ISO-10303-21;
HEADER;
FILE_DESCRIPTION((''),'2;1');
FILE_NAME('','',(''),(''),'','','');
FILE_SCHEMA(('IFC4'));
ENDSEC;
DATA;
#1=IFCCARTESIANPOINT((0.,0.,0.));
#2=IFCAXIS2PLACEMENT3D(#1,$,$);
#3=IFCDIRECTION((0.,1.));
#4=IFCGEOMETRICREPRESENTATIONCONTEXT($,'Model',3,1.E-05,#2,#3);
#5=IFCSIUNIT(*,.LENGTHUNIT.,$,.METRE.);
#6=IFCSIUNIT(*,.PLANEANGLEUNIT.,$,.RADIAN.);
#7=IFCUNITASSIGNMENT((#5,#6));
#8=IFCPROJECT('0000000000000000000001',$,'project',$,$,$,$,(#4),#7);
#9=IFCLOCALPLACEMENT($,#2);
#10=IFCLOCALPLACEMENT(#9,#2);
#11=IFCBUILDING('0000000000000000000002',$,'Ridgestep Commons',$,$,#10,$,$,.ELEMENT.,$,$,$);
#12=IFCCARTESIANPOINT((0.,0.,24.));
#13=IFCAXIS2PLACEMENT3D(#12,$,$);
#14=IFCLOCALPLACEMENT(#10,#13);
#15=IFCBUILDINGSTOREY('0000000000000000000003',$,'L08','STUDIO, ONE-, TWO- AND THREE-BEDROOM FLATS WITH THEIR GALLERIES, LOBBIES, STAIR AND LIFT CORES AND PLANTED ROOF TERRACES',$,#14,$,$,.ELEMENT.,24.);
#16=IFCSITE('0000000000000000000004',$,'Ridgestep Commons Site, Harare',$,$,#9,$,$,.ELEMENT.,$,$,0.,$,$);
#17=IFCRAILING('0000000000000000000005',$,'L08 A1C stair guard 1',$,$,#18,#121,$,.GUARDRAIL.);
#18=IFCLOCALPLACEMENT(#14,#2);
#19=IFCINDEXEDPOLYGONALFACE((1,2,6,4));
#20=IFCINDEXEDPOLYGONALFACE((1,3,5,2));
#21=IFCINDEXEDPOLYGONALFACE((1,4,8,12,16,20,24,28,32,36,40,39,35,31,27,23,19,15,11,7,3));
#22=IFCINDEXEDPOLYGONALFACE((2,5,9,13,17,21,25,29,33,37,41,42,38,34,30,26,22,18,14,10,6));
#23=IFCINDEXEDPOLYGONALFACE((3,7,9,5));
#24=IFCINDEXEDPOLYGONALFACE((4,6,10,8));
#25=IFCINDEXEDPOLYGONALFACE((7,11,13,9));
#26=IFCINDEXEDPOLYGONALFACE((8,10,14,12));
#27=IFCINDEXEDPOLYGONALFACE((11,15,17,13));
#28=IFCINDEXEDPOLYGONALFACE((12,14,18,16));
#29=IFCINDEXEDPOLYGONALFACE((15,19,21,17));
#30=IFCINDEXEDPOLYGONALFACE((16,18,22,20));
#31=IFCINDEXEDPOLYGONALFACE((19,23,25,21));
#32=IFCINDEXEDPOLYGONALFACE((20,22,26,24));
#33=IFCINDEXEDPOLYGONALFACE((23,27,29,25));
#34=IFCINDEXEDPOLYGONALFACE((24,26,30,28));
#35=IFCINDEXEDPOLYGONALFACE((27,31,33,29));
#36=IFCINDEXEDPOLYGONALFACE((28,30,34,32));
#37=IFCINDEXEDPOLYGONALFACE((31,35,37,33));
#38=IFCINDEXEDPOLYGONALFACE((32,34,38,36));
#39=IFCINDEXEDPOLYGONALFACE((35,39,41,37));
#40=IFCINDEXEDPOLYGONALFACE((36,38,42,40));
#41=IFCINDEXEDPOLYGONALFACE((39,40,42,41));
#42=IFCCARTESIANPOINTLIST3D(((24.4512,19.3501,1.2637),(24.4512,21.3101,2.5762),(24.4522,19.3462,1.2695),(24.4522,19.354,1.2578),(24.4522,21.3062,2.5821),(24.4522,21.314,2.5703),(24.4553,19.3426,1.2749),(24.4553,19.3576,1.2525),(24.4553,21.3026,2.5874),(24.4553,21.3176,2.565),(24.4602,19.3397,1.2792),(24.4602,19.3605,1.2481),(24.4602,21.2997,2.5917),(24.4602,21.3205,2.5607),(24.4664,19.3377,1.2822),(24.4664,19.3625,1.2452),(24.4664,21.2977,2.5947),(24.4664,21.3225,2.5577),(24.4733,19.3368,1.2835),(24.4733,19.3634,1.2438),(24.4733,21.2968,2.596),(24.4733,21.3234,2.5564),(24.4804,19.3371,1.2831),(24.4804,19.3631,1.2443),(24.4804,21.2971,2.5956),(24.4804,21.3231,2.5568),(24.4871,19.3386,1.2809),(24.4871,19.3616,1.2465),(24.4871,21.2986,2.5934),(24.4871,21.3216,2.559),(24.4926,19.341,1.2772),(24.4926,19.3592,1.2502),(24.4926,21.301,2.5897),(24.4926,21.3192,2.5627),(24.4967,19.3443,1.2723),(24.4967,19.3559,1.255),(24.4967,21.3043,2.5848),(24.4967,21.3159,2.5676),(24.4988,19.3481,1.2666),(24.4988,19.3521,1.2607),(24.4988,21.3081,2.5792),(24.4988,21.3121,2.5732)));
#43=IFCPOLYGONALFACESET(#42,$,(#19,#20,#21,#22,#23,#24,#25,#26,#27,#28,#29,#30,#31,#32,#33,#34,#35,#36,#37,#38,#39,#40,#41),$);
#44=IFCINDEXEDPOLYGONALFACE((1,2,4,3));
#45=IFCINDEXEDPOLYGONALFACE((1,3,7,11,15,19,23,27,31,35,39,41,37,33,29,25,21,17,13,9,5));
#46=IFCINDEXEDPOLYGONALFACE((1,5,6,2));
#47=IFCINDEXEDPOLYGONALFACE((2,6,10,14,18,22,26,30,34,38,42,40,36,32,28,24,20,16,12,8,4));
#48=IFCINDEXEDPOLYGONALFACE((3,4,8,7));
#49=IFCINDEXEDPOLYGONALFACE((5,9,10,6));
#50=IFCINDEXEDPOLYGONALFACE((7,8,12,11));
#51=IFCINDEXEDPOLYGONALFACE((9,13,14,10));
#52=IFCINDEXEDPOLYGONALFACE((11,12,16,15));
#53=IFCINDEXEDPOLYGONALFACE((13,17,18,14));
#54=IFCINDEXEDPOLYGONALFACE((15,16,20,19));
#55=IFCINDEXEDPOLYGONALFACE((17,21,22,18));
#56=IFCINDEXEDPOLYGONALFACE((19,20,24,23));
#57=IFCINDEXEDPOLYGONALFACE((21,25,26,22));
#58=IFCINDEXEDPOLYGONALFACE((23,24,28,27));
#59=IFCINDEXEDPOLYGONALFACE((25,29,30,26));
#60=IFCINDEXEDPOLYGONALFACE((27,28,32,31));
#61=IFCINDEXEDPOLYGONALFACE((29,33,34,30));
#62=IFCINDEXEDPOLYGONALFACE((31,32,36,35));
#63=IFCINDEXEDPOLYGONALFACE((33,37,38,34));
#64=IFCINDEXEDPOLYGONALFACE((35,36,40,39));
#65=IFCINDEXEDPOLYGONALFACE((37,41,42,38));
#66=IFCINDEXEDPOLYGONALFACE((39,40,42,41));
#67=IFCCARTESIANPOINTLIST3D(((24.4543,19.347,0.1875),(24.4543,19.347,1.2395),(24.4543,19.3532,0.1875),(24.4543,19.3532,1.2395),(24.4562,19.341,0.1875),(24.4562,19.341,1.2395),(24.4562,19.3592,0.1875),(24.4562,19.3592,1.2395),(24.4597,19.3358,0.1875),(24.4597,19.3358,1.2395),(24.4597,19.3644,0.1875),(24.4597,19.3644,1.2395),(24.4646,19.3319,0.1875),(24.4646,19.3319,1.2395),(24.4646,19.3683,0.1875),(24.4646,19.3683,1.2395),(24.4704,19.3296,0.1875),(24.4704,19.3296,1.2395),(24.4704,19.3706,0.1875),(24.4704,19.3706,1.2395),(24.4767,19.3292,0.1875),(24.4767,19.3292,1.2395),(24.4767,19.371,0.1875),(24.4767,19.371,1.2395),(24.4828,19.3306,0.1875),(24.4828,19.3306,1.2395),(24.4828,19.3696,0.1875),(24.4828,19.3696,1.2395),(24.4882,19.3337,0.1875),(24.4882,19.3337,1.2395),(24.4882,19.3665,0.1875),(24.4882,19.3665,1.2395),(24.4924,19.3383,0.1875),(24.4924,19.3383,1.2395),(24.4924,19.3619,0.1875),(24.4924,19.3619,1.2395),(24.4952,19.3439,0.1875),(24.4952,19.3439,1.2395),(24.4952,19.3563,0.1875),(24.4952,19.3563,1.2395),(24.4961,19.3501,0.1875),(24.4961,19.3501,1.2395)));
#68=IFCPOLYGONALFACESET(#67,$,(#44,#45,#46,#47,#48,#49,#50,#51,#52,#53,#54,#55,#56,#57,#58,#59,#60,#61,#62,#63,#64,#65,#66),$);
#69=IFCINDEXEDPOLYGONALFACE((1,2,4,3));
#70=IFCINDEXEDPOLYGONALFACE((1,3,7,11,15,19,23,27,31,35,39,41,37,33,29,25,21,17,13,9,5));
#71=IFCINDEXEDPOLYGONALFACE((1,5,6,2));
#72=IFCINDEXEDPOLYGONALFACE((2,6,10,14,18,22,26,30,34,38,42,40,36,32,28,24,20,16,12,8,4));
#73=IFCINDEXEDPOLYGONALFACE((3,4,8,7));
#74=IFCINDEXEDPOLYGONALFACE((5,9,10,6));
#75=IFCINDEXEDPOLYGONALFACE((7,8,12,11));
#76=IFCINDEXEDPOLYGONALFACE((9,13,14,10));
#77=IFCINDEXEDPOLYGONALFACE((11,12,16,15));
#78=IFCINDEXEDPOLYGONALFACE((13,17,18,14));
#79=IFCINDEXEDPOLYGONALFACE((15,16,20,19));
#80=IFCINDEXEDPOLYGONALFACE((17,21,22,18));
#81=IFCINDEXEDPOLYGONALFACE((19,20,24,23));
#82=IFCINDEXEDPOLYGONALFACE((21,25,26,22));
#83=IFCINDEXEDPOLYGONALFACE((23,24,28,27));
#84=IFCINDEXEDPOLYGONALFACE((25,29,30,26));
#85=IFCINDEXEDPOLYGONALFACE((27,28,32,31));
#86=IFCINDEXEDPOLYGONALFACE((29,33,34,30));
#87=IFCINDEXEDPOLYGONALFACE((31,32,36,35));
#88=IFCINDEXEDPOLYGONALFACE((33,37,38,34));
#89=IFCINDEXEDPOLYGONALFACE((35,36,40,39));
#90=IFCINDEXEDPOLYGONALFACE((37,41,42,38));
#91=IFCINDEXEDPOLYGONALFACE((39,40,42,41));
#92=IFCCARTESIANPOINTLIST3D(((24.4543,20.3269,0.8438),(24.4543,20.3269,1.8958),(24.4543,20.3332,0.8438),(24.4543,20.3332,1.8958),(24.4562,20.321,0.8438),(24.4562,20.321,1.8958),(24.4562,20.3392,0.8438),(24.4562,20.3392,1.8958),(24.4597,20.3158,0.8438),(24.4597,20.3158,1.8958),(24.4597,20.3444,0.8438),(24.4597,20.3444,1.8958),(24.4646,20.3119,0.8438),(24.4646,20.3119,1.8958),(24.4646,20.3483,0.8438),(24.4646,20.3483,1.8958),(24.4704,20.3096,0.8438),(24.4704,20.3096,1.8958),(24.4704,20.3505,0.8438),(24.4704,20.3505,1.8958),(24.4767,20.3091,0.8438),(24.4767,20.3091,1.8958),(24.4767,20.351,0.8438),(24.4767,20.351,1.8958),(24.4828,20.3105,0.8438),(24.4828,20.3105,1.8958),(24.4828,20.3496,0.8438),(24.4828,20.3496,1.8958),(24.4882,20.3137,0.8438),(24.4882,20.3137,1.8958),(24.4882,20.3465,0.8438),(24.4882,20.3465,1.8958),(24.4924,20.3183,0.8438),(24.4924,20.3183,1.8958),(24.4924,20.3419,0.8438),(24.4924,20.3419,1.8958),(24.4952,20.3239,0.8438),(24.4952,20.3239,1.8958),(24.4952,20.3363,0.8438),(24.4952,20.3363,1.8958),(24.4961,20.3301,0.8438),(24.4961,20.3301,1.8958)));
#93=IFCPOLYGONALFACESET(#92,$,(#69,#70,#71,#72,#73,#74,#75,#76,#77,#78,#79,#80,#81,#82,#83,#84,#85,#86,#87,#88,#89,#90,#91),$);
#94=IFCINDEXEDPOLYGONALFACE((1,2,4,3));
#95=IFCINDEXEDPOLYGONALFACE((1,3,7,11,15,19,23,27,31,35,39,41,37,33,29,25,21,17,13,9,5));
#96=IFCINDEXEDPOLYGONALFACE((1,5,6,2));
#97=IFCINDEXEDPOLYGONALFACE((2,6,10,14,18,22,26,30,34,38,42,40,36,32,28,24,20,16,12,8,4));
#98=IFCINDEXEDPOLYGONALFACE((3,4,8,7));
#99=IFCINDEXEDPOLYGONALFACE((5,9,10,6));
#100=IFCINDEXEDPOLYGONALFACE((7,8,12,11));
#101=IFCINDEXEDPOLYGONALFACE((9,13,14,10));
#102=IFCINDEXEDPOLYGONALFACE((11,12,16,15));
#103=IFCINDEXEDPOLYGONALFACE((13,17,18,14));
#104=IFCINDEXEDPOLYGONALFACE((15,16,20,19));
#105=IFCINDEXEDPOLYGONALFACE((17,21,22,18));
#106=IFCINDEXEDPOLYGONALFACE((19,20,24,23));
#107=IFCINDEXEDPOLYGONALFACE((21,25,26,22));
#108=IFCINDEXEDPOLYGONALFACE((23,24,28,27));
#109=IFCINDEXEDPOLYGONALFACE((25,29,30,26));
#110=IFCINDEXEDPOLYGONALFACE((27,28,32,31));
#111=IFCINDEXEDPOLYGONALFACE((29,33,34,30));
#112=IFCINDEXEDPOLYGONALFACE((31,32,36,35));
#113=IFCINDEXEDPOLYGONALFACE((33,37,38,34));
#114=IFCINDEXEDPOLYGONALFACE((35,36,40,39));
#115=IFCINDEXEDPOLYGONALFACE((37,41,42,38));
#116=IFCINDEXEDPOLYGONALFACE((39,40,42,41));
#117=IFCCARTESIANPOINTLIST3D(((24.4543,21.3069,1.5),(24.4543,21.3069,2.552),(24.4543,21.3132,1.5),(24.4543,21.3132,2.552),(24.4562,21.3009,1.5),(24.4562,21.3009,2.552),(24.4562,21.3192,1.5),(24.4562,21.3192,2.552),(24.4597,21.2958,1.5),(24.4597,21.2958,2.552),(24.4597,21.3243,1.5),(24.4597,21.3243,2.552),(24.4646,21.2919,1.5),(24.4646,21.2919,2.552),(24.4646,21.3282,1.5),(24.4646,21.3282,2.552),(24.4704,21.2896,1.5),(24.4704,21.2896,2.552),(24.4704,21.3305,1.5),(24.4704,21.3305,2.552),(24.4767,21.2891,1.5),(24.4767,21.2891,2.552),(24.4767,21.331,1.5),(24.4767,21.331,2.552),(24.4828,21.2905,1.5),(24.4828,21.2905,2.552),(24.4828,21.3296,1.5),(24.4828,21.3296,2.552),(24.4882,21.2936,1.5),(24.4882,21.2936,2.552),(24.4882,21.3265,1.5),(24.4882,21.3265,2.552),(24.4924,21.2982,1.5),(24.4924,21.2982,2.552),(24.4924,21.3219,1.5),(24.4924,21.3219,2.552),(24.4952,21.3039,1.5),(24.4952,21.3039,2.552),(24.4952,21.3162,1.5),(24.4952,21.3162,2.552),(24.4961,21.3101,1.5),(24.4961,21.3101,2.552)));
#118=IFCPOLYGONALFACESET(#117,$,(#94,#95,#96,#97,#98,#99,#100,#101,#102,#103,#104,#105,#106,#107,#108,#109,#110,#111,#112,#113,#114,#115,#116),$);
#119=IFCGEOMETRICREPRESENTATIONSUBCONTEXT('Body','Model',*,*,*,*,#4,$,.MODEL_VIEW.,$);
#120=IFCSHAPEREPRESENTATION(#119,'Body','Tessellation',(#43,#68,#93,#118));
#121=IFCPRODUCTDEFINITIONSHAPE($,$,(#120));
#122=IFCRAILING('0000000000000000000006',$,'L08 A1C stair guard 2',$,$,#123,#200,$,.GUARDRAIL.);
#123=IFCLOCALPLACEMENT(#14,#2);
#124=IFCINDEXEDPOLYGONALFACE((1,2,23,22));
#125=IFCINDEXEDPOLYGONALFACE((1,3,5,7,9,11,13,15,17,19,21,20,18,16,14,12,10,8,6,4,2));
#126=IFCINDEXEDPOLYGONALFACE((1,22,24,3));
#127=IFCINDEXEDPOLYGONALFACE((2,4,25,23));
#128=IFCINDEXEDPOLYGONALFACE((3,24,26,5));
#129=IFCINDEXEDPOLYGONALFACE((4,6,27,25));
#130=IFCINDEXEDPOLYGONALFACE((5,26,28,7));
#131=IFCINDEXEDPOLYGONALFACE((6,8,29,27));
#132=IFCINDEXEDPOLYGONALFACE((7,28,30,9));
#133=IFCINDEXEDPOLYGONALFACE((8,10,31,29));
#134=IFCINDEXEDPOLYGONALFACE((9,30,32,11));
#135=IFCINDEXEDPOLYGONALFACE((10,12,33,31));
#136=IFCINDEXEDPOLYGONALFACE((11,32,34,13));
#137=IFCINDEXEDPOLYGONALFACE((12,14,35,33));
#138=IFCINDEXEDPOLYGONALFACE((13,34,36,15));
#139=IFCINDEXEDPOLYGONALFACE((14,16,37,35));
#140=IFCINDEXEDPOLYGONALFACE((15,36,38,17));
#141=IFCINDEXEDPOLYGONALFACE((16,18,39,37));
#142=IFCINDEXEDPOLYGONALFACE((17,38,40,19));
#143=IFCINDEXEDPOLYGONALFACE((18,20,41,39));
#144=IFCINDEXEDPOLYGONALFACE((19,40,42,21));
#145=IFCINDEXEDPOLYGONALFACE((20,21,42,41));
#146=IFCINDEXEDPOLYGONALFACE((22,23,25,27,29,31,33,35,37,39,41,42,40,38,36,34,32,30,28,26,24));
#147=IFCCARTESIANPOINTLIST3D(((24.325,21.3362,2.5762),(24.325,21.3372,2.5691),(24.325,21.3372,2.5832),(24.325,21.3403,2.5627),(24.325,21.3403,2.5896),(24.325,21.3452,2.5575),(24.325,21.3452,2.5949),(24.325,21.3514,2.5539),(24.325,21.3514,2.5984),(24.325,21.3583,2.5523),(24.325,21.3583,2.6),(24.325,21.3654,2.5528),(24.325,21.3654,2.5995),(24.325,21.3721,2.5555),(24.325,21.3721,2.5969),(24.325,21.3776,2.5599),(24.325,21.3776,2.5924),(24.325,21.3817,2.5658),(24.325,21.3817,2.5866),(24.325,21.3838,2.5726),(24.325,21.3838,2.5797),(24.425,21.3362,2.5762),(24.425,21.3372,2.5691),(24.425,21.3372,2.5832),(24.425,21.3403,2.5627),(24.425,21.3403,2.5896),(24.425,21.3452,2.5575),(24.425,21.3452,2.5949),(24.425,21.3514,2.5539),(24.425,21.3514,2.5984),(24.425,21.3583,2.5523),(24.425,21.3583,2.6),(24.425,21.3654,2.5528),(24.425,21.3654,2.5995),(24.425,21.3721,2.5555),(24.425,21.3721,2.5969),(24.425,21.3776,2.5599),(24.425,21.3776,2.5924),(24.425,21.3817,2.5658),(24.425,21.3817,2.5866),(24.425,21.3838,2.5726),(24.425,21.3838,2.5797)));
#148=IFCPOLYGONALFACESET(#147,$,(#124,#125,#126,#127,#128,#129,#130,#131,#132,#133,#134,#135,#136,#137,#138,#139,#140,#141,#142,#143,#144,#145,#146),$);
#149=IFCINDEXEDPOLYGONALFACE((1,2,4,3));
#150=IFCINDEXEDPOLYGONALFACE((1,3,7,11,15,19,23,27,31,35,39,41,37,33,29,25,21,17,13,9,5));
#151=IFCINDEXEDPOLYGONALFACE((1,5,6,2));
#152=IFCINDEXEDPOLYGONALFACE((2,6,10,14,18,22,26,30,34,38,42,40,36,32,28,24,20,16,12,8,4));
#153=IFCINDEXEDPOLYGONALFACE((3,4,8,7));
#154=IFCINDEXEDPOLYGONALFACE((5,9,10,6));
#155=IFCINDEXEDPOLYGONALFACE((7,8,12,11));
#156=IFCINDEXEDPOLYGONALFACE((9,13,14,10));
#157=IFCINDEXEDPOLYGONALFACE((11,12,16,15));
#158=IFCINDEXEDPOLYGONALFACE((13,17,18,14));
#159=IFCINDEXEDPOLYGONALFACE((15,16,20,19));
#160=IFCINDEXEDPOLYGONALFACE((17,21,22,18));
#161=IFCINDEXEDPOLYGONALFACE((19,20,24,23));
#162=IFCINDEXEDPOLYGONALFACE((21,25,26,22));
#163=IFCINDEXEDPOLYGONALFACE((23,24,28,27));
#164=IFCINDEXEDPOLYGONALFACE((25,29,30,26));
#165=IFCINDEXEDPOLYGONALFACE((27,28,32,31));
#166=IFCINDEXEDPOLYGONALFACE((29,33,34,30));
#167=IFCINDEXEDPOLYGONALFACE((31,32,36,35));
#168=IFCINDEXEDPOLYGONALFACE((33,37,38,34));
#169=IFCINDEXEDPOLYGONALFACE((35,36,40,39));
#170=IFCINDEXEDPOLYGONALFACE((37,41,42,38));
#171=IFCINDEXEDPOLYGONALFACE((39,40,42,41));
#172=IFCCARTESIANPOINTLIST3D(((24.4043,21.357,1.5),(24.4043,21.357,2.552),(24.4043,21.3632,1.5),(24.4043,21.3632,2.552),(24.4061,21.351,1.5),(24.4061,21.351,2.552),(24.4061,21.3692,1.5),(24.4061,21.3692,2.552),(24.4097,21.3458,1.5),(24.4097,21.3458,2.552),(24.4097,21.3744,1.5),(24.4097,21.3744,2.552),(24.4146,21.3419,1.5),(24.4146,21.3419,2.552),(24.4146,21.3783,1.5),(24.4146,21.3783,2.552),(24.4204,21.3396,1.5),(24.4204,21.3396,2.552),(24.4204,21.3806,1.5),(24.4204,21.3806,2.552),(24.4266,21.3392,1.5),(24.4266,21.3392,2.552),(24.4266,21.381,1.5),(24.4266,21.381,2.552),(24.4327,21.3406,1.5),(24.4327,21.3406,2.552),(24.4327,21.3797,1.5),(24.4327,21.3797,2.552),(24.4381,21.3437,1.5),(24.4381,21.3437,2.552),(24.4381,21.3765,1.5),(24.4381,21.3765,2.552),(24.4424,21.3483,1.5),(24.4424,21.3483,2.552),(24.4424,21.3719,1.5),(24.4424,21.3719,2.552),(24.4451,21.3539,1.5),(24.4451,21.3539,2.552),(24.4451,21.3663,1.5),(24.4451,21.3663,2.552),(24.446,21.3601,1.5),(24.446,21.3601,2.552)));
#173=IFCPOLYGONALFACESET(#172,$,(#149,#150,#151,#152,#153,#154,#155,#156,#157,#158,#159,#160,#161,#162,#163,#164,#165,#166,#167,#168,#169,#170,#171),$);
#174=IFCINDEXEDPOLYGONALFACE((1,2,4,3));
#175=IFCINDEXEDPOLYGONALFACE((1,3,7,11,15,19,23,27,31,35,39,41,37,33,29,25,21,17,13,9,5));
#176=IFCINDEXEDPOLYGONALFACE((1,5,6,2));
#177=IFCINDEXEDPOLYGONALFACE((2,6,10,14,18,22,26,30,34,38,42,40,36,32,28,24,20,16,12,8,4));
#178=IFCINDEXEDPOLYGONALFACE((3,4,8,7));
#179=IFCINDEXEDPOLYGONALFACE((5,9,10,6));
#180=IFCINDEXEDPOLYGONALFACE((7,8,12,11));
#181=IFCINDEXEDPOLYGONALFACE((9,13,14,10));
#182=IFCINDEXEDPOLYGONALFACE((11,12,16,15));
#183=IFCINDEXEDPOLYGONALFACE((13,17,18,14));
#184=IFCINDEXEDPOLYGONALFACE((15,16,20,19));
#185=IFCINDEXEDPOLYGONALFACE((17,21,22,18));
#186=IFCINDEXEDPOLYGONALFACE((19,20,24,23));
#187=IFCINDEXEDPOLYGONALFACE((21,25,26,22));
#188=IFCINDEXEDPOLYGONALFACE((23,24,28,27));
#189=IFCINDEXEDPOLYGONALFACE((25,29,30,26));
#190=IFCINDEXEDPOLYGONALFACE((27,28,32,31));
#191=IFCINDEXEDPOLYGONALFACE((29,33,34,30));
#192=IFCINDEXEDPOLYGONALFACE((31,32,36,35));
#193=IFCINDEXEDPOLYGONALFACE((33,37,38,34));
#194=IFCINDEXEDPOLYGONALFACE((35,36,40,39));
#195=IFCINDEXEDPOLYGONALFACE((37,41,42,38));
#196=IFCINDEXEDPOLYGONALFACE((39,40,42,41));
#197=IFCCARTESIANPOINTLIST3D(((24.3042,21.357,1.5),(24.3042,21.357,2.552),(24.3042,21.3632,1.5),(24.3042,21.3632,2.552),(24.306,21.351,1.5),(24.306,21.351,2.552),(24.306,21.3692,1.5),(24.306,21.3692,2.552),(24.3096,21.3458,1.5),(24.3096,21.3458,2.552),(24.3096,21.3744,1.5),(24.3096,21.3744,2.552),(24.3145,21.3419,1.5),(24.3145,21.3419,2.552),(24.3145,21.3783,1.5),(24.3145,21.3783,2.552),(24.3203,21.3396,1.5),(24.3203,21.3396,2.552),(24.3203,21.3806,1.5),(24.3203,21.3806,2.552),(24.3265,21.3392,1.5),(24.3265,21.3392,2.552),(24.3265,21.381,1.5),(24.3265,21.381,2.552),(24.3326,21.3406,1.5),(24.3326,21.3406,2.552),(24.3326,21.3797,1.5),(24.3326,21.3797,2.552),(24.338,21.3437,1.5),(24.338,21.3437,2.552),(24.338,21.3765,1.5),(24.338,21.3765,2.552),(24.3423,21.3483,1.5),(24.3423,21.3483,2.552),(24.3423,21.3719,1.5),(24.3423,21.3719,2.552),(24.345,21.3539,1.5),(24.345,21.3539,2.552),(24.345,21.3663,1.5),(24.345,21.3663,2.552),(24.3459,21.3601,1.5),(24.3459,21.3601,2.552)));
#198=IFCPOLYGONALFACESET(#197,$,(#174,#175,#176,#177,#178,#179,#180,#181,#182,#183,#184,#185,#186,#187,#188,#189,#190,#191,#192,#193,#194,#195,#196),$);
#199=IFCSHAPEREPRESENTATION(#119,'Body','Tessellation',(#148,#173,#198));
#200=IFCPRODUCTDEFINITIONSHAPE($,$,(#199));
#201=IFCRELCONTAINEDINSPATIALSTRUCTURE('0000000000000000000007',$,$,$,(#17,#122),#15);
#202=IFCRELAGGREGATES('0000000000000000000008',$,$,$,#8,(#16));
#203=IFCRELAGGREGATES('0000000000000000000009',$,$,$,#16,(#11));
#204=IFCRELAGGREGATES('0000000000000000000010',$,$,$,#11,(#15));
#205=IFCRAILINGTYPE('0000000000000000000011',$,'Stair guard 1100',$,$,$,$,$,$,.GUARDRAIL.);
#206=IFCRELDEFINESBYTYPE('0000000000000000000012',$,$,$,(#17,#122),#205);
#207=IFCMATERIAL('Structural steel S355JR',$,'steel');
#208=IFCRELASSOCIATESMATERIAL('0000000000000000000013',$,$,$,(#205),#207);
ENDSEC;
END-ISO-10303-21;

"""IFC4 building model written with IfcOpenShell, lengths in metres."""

from ifc_helpers import new_model, si_unit, direction, frame, origin, origin_2d, place, context, subcontext, project, spatial, circle, extrude, material, type_object, element, save


model = new_model("IFC4")

# Units and contexts
model_context = context("Model", 3, precision=1e-05, world=origin(), true_north=direction((0.0, 1.0)))
body_context = subcontext(model_context, "Body", "Model", "MODEL_VIEW")
ifc_project = project(units=[si_unit("LENGTHUNIT", "METRE"), si_unit("PLANEANGLEUNIT", "RADIAN")], contexts=[model_context])

# Site, building, storey
site_placement = place(None, origin())
site = spatial("IfcSite", under=ifc_project, at=site_placement, Name="Ridgestep Commons Site, Harare", CompositionType="ELEMENT", RefElevation=0.0)
building_placement = place(site_placement, origin())
building = spatial("IfcBuilding", under=site, at=building_placement, Name="Ridgestep Commons", CompositionType="ELEMENT")
storey_placement = place(building_placement, frame((0.0, 0.0, 24.0)))
storey = spatial("IfcBuildingStorey", under=building, at=storey_placement, Name="L08", Description="STUDIO, ONE-, TWO- AND THREE-BEDROOM FLATS WITH THEIR GALLERIES, LOBBIES, STAIR AND LIFT CORES AND PLANTED ROOF TERRACES", CompositionType="ELEMENT", Elevation=24.0)

# Railings
ifc_material_1 = material(Name="Structural steel S355JR", Category="steel")
railing_type_1 = type_object("IfcRailingType", Name="Stair guard 1100", PredefinedType="GUARDRAIL", material=ifc_material_1)
railing_1_placement = place(storey_placement, frame((24.4751, 19.3501, 0.1875)))
element("IfcRailing", 1, at=railing_1_placement, inside=storey, type_object=railing_type_1, Name="L08 A1C stair guard 1", PredefinedType="GUARDRAIL", context=body_context, shape_type="SweptSolid", body=[
    extrude(circle(Radius=0.0239, at=origin_2d()), frame((0.0, 0.0, 1.0762), z_axis=(0.0, 0.830902, 0.556419), x_axis=(-1.0, 0.0, 0.0)), (0.0, 0.0, 1.0), 2.3589),
    extrude(circle(Radius=0.021, at=origin_2d()), origin(), (0.0, 0.0, 1.0), 1.052),
    extrude(circle(Radius=0.021, at=origin_2d()), frame((0.0, 0.98, 0.6562)), (0.0, 0.0, 1.0), 1.052),
    extrude(circle(Radius=0.021, at=origin_2d()), frame((0.0, 1.96, 1.3125)), (0.0, 0.0, 1.0), 1.052),
])
railing_2_placement = place(storey_placement, frame((24.425, 21.3601, 1.5)))
element("IfcRailing", 2, at=railing_2_placement, inside=storey, type_object=railing_type_1, Name="L08 A1C stair guard 2", PredefinedType="GUARDRAIL", context=body_context, shape_type="SweptSolid", body=[
    extrude(circle(Radius=0.0239, at=origin_2d()), frame((0.0, 0.0, 1.0762), z_axis=(-1.0, 0.0, 0.0), x_axis=(0.0, -1.0, 0.0)), (0.0, 0.0, 1.0), 0.1001),
    extrude(circle(Radius=0.021, at=origin_2d()), origin(), (0.0, 0.0, 1.0), 1.052),
    extrude(circle(Radius=0.021, at=origin_2d()), frame((-0.1001, 0.0, 0.0)), (0.0, 0.0, 1.0), 1.052),
])

save(model, "model.ifc")
